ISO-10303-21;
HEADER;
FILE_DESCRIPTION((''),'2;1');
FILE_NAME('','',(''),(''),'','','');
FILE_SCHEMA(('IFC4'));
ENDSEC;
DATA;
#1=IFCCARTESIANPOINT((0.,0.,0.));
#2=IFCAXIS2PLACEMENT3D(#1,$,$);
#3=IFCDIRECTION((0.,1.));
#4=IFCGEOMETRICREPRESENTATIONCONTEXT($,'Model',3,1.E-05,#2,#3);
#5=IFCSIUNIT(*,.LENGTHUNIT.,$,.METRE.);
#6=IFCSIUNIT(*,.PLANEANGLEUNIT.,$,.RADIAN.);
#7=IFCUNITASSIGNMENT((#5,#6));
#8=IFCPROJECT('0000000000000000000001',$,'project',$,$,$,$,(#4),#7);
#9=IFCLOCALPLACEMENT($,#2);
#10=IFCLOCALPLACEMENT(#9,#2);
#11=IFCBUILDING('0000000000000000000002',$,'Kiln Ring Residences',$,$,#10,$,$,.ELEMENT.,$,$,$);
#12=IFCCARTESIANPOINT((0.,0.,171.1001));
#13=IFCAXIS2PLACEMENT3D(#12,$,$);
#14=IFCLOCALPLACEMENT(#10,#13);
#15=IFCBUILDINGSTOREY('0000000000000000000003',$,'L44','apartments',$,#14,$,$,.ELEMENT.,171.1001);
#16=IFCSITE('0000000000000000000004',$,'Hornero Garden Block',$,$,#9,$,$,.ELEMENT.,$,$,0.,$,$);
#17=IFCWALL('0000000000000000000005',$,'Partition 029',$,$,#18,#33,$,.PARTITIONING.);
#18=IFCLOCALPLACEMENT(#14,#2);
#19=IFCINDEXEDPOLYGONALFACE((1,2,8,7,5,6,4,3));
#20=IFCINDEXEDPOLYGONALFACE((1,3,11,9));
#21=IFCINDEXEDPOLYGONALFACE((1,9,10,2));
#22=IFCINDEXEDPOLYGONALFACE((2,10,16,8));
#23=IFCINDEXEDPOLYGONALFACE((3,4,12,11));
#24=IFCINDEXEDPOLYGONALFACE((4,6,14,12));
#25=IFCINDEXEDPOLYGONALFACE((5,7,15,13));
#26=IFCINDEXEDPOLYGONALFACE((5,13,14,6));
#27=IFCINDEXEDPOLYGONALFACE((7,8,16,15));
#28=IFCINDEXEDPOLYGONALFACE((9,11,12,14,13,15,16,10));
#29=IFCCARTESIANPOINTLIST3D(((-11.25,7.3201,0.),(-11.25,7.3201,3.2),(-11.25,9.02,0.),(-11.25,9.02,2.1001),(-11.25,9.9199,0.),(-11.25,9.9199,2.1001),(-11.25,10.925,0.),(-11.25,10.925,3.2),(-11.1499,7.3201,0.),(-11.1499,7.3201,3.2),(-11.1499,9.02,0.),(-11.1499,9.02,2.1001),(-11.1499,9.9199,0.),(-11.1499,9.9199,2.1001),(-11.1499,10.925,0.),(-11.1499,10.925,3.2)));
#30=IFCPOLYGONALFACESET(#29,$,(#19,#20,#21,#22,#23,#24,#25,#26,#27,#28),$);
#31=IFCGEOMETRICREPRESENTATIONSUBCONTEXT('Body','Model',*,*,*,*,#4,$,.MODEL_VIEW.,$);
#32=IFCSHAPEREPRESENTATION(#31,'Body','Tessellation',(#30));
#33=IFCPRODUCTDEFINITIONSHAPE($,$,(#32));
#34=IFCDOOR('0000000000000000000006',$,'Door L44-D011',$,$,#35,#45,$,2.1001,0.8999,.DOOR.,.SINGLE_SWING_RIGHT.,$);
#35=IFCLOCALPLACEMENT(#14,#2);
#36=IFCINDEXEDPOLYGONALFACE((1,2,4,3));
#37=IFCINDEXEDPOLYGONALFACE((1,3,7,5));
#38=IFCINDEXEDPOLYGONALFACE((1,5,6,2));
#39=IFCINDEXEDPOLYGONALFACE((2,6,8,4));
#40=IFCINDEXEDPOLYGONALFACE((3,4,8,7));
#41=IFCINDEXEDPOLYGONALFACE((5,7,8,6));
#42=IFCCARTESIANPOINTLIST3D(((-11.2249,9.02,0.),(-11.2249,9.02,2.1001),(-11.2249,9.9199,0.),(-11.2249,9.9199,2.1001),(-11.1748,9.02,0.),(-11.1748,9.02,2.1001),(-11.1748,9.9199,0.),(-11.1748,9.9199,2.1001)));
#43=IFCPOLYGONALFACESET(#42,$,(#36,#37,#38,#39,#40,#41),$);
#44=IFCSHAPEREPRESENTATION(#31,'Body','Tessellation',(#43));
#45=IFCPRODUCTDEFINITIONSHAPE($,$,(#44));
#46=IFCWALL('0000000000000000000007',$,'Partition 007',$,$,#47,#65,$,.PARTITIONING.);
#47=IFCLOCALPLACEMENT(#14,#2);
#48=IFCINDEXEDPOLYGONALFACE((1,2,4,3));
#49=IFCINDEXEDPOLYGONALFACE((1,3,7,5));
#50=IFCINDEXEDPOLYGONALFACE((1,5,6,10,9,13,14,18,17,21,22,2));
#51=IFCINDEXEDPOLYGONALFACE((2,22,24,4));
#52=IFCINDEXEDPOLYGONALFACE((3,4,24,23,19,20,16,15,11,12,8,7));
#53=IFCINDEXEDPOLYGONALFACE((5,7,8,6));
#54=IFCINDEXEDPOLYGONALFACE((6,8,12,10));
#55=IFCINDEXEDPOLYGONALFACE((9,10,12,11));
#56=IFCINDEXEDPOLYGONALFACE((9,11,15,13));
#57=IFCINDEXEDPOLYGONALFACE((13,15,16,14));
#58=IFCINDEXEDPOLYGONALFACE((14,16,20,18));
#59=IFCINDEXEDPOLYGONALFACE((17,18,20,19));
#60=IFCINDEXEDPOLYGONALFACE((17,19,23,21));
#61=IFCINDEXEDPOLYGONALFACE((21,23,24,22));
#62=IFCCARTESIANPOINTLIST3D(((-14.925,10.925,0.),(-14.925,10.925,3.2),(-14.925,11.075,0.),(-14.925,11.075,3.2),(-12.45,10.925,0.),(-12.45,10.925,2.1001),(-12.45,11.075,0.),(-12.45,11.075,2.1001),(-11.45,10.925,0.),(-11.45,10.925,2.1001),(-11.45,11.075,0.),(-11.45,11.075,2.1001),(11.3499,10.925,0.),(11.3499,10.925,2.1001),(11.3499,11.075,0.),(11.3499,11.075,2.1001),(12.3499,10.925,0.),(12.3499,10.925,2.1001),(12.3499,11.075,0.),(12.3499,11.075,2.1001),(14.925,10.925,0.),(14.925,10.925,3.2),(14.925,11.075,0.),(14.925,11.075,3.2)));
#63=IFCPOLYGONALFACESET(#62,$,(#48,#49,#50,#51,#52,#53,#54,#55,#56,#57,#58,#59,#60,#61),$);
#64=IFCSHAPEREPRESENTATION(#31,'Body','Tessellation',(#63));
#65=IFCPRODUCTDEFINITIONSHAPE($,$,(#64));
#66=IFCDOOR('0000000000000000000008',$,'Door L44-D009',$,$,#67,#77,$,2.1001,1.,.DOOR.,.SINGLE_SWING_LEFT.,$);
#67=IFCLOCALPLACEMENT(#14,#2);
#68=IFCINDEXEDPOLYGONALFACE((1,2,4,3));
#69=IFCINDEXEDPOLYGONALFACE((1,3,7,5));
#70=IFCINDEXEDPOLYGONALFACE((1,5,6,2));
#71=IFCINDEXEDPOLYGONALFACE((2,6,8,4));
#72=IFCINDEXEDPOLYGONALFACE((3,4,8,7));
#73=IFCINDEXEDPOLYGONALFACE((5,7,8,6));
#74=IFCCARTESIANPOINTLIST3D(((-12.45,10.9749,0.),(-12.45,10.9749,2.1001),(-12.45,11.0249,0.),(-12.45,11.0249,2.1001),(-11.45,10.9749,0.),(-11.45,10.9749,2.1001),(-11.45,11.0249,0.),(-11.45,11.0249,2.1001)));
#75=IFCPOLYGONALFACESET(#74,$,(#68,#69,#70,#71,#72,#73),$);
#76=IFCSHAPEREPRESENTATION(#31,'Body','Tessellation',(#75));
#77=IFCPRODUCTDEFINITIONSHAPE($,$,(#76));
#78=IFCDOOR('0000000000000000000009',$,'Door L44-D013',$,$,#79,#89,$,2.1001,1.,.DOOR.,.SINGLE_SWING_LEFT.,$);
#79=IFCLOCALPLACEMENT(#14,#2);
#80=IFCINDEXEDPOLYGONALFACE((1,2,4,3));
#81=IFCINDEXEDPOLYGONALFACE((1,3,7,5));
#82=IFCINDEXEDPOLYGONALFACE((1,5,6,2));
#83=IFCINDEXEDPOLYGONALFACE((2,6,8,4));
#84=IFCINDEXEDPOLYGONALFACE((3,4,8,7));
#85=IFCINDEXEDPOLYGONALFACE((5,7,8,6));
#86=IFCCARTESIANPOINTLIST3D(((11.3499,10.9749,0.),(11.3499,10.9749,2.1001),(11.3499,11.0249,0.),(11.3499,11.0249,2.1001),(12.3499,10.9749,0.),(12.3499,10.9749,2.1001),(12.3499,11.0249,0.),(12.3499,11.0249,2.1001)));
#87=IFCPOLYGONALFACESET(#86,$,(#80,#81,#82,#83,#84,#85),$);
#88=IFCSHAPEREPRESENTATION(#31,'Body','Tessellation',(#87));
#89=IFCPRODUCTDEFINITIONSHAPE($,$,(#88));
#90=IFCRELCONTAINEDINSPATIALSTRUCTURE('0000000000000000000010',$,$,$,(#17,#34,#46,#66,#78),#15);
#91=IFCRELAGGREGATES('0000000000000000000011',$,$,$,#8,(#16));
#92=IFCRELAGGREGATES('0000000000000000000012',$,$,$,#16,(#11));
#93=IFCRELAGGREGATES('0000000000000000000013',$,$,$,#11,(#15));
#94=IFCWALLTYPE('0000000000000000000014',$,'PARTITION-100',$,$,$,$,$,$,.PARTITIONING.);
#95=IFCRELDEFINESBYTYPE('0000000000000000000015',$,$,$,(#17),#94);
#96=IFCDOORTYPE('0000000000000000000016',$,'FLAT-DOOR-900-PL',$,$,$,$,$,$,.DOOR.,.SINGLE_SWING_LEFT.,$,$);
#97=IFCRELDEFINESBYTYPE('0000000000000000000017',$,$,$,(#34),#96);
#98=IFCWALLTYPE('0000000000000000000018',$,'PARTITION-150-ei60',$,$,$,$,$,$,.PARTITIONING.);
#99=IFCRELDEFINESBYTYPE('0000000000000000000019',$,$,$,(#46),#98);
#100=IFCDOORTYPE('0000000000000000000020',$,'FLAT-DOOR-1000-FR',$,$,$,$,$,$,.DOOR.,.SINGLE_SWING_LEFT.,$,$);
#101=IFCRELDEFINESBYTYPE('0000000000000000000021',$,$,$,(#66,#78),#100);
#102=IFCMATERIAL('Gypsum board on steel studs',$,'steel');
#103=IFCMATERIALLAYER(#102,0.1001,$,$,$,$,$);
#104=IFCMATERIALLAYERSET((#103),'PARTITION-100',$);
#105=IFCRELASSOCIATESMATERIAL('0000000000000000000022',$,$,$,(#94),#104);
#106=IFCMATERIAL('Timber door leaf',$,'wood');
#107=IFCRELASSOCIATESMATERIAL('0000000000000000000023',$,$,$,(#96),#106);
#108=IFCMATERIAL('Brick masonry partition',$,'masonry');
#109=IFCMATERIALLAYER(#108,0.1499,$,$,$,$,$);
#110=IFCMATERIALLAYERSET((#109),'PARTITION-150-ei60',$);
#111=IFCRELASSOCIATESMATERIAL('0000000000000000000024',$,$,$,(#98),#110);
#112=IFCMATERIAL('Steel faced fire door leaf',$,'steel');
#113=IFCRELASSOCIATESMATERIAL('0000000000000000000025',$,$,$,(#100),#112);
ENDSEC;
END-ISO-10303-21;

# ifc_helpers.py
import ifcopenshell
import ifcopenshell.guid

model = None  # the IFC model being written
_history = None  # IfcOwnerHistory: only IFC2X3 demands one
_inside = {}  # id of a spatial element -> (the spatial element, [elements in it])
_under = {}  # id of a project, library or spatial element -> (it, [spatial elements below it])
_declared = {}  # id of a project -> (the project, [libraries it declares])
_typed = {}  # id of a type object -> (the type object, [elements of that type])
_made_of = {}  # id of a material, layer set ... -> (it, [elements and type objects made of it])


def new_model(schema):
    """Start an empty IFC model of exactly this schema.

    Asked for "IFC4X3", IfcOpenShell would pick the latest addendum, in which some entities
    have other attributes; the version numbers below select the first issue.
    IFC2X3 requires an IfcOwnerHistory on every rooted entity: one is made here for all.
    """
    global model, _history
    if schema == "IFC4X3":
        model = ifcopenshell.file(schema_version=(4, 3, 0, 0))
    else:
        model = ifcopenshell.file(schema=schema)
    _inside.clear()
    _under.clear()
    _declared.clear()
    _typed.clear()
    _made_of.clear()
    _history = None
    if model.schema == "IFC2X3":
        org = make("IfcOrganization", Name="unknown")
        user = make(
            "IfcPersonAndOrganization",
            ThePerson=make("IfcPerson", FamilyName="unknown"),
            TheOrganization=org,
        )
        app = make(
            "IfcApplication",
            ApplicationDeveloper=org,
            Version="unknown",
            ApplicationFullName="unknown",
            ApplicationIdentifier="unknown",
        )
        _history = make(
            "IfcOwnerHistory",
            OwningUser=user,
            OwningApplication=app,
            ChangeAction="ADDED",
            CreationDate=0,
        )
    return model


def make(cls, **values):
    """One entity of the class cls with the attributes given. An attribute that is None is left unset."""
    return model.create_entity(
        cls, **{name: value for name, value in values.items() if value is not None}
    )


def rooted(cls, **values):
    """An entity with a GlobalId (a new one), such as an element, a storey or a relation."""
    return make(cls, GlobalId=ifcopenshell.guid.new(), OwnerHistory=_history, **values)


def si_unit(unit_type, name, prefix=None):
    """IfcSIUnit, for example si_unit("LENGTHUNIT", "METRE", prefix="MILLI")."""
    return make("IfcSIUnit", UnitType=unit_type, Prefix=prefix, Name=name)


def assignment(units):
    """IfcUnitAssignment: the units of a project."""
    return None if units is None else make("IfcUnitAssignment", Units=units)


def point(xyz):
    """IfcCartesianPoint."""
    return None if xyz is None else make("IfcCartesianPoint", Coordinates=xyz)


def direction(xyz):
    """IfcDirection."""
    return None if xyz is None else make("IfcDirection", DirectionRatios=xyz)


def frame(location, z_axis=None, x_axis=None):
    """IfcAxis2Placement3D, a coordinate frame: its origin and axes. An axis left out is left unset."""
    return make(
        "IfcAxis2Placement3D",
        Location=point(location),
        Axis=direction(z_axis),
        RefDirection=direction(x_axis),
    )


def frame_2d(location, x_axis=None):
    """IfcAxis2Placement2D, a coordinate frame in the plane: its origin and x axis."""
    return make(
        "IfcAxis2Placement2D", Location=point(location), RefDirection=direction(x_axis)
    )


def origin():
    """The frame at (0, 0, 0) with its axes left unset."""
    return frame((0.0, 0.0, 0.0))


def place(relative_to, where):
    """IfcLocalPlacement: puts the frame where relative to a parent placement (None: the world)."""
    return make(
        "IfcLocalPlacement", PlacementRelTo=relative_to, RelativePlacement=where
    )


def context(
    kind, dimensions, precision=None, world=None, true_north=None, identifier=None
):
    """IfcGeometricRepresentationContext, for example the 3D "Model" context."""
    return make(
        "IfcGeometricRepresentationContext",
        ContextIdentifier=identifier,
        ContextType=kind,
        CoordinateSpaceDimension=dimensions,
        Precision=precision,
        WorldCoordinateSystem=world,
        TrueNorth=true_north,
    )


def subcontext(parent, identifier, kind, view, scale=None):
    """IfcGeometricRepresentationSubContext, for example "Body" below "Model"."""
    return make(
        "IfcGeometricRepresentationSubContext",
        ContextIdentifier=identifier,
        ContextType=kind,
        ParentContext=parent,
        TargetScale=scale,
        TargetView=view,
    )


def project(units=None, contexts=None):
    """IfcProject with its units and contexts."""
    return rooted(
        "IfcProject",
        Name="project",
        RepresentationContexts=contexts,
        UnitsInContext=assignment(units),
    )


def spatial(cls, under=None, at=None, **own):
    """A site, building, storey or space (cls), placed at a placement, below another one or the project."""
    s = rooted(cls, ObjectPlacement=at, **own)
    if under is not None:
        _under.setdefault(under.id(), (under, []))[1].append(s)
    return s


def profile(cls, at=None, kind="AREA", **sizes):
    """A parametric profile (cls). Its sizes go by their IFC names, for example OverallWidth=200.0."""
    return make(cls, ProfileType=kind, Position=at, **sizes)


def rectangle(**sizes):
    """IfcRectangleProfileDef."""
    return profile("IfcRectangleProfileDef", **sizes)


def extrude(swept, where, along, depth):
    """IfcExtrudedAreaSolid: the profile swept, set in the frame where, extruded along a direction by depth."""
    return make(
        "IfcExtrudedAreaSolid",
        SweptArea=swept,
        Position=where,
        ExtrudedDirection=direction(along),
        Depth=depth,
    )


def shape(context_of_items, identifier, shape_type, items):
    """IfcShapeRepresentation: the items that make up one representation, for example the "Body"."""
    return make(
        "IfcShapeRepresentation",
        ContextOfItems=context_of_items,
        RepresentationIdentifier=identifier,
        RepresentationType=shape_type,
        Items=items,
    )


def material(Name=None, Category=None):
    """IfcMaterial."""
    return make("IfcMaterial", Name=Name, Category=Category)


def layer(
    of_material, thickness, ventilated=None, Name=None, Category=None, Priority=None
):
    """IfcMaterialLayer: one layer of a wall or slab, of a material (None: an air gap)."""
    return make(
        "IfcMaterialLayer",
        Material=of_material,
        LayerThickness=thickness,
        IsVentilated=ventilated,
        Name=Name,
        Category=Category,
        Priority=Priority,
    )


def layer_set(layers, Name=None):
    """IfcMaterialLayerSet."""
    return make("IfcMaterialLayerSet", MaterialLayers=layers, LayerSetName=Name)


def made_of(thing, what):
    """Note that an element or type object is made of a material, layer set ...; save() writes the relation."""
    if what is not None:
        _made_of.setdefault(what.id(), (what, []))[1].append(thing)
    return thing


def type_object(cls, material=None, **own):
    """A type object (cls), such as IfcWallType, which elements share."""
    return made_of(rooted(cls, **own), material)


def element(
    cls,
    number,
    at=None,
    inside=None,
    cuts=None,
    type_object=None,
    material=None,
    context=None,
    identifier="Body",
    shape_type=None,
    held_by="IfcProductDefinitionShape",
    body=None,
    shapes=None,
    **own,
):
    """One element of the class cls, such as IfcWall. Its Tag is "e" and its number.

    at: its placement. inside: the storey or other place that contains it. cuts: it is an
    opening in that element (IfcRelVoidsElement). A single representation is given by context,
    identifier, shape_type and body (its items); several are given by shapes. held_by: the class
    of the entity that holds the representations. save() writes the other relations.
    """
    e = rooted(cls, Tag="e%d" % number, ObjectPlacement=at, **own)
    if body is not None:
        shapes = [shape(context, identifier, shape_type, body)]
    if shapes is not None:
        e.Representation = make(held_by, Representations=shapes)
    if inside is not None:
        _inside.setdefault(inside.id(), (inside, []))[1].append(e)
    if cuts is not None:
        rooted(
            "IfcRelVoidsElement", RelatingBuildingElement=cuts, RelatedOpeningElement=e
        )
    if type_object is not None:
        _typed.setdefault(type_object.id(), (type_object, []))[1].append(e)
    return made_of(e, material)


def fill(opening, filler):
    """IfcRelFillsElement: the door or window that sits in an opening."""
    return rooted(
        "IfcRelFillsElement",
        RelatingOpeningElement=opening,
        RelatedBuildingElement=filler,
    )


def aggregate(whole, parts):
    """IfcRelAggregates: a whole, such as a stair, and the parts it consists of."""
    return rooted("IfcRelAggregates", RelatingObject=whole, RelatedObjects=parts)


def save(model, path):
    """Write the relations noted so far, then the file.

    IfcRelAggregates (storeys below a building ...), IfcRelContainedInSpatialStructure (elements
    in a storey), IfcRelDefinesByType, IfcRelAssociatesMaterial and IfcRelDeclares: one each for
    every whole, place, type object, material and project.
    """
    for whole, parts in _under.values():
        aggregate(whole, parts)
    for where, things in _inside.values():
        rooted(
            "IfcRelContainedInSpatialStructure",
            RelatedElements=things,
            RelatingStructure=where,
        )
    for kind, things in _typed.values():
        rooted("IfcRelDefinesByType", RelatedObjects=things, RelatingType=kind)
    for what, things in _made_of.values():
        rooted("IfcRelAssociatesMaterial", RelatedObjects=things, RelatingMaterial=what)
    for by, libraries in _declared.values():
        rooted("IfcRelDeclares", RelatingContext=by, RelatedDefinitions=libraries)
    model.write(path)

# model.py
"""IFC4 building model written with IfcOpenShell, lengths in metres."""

from ifc_helpers import new_model, si_unit, direction, frame, frame_2d, origin, place, context, subcontext, project, spatial, rectangle, extrude, material, layer, layer_set, type_object, element, fill, save


model = new_model("IFC4")

# Units and contexts
model_context = context("Model", 3, precision=1e-05, world=origin(), true_north=direction((0.0, 1.0)))
body_context = subcontext(model_context, "Body", "Model", "MODEL_VIEW")
ifc_project = project(units=[si_unit("LENGTHUNIT", "METRE"), si_unit("PLANEANGLEUNIT", "RADIAN")], contexts=[model_context])

# Site, building, storey
site_placement = place(None, origin())
site = spatial("IfcSite", under=ifc_project, at=site_placement, Name="Hornero Garden Block", CompositionType="ELEMENT", RefElevation=0.0)
building_placement = place(site_placement, origin())
building = spatial("IfcBuilding", under=site, at=building_placement, Name="Kiln Ring Residences", CompositionType="ELEMENT")
storey_placement = place(building_placement, frame((0.0, 0.0, 171.1001)))
storey = spatial("IfcBuildingStorey", under=building, at=storey_placement, Name="L44", Description="apartments", CompositionType="ELEMENT", Elevation=171.1001)

# Shared definitions
ifc_material_1 = material(Name="Gypsum board on steel studs", Category="steel")
ifc_layer_1 = layer(ifc_material_1, 0.1001)
ifc_layer_set_1 = layer_set([ifc_layer_1], Name="PARTITION-100")
wall_type_1 = type_object("IfcWallType", Name="PARTITION-100", PredefinedType="PARTITIONING", material=ifc_layer_set_1)

# Wall, opening, door
wall_1_placement = place(storey_placement, frame((-11.2, 7.3201, 0.0), z_axis=(0.0, 0.0, 1.0), x_axis=(0.0, 1.0, 0.0)))
wall_1 = element("IfcWall", 1, at=wall_1_placement, inside=storey, type_object=wall_type_1, Name="Partition 029", PredefinedType="PARTITIONING", context=body_context, shape_type="SweptSolid", body=[
    extrude(rectangle(XDim=3.605, YDim=0.1001, at=frame_2d((1.8025, 0.0))), origin(), (0.0, 0.0, 1.0), 3.2),
])
opening_1_placement = place(wall_1_placement, frame((1.7, 0.0, 0.0)))
opening_1 = element("IfcOpeningElement", 2, at=opening_1_placement, cuts=wall_1, PredefinedType="OPENING", context=body_context, shape_type="SweptSolid", body=[
    extrude(rectangle(XDim=0.8999, YDim=2.1001, at=frame_2d((0.45, 1.05))), frame((0.0, 0.0601, 0.0), z_axis=(0.0, -1.0, 0.0), x_axis=(1.0, 0.0, 0.0)), (0.0, 0.0, 1.0), 0.1201),
])
ifc_material_2 = material(Name="Timber door leaf", Category="wood")
door_type_1 = type_object("IfcDoorType", Name="FLAT-DOOR-900-PL", OperationType="SINGLE_SWING_LEFT", PredefinedType="DOOR", material=ifc_material_2)
door_1_placement = place(opening_1_placement, origin())
door_1 = element("IfcDoor", 3, at=door_1_placement, inside=storey, type_object=door_type_1, Name="Door L44-D011", OperationType="SINGLE_SWING_RIGHT", OverallHeight=2.1001, OverallWidth=0.8999, PredefinedType="DOOR", context=body_context, shape_type="SweptSolid", body=[
    extrude(rectangle(XDim=0.8999, YDim=2.1001, at=frame_2d((0.45, 1.05))), frame((0.0, 0.0249, 0.0), z_axis=(0.0, -1.0, 0.0), x_axis=(1.0, 0.0, 0.0)), (0.0, 0.0, 1.0), 0.05),
])
fill(opening_1, door_1)

# Wall, openings, doors
ifc_material_3 = material(Name="Brick masonry partition", Category="masonry")
ifc_layer_2 = layer(ifc_material_3, 0.1499)
ifc_layer_set_2 = layer_set([ifc_layer_2], Name="PARTITION-150-ei60")
wall_type_2 = type_object("IfcWallType", Name="PARTITION-150-ei60", PredefinedType="PARTITIONING", material=ifc_layer_set_2)
wall_2_placement = place(storey_placement, frame((-14.925, 11.0, 0.0), z_axis=(0.0, 0.0, 1.0), x_axis=(1.0, 0.0, 0.0)))
wall_2 = element("IfcWall", 4, at=wall_2_placement, inside=storey, type_object=wall_type_2, Name="Partition 007", PredefinedType="PARTITIONING", context=body_context, shape_type="SweptSolid", body=[
    extrude(rectangle(XDim=29.8501, YDim=0.1499, at=frame_2d((14.925, 0.0))), origin(), (0.0, 0.0, 1.0), 3.2),
])
opening_2_placement = place(wall_2_placement, frame((2.4751, 0.0, 0.0)))
opening_2 = element("IfcOpeningElement", 5, at=opening_2_placement, cuts=wall_2, PredefinedType="OPENING", context=body_context, shape_type="SweptSolid", body=[
    extrude(rectangle(XDim=1.0, YDim=2.1001, at=frame_2d((0.5, 1.05))), frame((0.0, 0.085, 0.0), z_axis=(0.0, -1.0, 0.0), x_axis=(1.0, 0.0, 0.0)), (0.0, 0.0, 1.0), 0.1699),
])
opening_3_placement = place(wall_2_placement, frame((26.2749, 0.0, 0.0)))
opening_3 = element("IfcOpeningElement", 6, at=opening_3_placement, cuts=wall_2, PredefinedType="OPENING", context=body_context, shape_type="SweptSolid", body=[
    extrude(rectangle(XDim=1.0, YDim=2.1001, at=frame_2d((0.5, 1.05))), frame((0.0, 0.085, 0.0), z_axis=(0.0, -1.0, 0.0), x_axis=(1.0, 0.0, 0.0)), (0.0, 0.0, 1.0), 0.1699),
])
ifc_material_4 = material(Name="Steel faced fire door leaf", Category="steel")
door_type_2 = type_object("IfcDoorType", Name="FLAT-DOOR-1000-FR", OperationType="SINGLE_SWING_LEFT", PredefinedType="DOOR", material=ifc_material_4)
door_2_placement = place(opening_2_placement, origin())
door_2 = element("IfcDoor", 7, at=door_2_placement, inside=storey, type_object=door_type_2, Name="Door L44-D009", OperationType="SINGLE_SWING_LEFT", OverallHeight=2.1001, OverallWidth=1.0, PredefinedType="DOOR", context=body_context, shape_type="SweptSolid", body=[
    extrude(rectangle(XDim=1.0, YDim=2.1001, at=frame_2d((0.5, 1.05))), frame((0.0, 0.0249, 0.0), z_axis=(0.0, -1.0, 0.0), x_axis=(1.0, 0.0, 0.0)), (0.0, 0.0, 1.0), 0.05),
])
fill(opening_2, door_2)
door_3_placement = place(opening_3_placement, origin())
door_3 = element("IfcDoor", 8, at=door_3_placement, inside=storey, type_object=door_type_2, Name="Door L44-D013", OperationType="SINGLE_SWING_LEFT", OverallHeight=2.1001, OverallWidth=1.0, PredefinedType="DOOR", context=body_context, shape_type="SweptSolid", body=[
    extrude(rectangle(XDim=1.0, YDim=2.1001, at=frame_2d((0.5, 1.05))), frame((0.0, 0.0249, 0.0), z_axis=(0.0, -1.0, 0.0), x_axis=(1.0, 0.0, 0.0)), (0.0, 0.0, 1.0), 0.05),
])
fill(opening_3, door_3)

save(model, "model.ifc")
